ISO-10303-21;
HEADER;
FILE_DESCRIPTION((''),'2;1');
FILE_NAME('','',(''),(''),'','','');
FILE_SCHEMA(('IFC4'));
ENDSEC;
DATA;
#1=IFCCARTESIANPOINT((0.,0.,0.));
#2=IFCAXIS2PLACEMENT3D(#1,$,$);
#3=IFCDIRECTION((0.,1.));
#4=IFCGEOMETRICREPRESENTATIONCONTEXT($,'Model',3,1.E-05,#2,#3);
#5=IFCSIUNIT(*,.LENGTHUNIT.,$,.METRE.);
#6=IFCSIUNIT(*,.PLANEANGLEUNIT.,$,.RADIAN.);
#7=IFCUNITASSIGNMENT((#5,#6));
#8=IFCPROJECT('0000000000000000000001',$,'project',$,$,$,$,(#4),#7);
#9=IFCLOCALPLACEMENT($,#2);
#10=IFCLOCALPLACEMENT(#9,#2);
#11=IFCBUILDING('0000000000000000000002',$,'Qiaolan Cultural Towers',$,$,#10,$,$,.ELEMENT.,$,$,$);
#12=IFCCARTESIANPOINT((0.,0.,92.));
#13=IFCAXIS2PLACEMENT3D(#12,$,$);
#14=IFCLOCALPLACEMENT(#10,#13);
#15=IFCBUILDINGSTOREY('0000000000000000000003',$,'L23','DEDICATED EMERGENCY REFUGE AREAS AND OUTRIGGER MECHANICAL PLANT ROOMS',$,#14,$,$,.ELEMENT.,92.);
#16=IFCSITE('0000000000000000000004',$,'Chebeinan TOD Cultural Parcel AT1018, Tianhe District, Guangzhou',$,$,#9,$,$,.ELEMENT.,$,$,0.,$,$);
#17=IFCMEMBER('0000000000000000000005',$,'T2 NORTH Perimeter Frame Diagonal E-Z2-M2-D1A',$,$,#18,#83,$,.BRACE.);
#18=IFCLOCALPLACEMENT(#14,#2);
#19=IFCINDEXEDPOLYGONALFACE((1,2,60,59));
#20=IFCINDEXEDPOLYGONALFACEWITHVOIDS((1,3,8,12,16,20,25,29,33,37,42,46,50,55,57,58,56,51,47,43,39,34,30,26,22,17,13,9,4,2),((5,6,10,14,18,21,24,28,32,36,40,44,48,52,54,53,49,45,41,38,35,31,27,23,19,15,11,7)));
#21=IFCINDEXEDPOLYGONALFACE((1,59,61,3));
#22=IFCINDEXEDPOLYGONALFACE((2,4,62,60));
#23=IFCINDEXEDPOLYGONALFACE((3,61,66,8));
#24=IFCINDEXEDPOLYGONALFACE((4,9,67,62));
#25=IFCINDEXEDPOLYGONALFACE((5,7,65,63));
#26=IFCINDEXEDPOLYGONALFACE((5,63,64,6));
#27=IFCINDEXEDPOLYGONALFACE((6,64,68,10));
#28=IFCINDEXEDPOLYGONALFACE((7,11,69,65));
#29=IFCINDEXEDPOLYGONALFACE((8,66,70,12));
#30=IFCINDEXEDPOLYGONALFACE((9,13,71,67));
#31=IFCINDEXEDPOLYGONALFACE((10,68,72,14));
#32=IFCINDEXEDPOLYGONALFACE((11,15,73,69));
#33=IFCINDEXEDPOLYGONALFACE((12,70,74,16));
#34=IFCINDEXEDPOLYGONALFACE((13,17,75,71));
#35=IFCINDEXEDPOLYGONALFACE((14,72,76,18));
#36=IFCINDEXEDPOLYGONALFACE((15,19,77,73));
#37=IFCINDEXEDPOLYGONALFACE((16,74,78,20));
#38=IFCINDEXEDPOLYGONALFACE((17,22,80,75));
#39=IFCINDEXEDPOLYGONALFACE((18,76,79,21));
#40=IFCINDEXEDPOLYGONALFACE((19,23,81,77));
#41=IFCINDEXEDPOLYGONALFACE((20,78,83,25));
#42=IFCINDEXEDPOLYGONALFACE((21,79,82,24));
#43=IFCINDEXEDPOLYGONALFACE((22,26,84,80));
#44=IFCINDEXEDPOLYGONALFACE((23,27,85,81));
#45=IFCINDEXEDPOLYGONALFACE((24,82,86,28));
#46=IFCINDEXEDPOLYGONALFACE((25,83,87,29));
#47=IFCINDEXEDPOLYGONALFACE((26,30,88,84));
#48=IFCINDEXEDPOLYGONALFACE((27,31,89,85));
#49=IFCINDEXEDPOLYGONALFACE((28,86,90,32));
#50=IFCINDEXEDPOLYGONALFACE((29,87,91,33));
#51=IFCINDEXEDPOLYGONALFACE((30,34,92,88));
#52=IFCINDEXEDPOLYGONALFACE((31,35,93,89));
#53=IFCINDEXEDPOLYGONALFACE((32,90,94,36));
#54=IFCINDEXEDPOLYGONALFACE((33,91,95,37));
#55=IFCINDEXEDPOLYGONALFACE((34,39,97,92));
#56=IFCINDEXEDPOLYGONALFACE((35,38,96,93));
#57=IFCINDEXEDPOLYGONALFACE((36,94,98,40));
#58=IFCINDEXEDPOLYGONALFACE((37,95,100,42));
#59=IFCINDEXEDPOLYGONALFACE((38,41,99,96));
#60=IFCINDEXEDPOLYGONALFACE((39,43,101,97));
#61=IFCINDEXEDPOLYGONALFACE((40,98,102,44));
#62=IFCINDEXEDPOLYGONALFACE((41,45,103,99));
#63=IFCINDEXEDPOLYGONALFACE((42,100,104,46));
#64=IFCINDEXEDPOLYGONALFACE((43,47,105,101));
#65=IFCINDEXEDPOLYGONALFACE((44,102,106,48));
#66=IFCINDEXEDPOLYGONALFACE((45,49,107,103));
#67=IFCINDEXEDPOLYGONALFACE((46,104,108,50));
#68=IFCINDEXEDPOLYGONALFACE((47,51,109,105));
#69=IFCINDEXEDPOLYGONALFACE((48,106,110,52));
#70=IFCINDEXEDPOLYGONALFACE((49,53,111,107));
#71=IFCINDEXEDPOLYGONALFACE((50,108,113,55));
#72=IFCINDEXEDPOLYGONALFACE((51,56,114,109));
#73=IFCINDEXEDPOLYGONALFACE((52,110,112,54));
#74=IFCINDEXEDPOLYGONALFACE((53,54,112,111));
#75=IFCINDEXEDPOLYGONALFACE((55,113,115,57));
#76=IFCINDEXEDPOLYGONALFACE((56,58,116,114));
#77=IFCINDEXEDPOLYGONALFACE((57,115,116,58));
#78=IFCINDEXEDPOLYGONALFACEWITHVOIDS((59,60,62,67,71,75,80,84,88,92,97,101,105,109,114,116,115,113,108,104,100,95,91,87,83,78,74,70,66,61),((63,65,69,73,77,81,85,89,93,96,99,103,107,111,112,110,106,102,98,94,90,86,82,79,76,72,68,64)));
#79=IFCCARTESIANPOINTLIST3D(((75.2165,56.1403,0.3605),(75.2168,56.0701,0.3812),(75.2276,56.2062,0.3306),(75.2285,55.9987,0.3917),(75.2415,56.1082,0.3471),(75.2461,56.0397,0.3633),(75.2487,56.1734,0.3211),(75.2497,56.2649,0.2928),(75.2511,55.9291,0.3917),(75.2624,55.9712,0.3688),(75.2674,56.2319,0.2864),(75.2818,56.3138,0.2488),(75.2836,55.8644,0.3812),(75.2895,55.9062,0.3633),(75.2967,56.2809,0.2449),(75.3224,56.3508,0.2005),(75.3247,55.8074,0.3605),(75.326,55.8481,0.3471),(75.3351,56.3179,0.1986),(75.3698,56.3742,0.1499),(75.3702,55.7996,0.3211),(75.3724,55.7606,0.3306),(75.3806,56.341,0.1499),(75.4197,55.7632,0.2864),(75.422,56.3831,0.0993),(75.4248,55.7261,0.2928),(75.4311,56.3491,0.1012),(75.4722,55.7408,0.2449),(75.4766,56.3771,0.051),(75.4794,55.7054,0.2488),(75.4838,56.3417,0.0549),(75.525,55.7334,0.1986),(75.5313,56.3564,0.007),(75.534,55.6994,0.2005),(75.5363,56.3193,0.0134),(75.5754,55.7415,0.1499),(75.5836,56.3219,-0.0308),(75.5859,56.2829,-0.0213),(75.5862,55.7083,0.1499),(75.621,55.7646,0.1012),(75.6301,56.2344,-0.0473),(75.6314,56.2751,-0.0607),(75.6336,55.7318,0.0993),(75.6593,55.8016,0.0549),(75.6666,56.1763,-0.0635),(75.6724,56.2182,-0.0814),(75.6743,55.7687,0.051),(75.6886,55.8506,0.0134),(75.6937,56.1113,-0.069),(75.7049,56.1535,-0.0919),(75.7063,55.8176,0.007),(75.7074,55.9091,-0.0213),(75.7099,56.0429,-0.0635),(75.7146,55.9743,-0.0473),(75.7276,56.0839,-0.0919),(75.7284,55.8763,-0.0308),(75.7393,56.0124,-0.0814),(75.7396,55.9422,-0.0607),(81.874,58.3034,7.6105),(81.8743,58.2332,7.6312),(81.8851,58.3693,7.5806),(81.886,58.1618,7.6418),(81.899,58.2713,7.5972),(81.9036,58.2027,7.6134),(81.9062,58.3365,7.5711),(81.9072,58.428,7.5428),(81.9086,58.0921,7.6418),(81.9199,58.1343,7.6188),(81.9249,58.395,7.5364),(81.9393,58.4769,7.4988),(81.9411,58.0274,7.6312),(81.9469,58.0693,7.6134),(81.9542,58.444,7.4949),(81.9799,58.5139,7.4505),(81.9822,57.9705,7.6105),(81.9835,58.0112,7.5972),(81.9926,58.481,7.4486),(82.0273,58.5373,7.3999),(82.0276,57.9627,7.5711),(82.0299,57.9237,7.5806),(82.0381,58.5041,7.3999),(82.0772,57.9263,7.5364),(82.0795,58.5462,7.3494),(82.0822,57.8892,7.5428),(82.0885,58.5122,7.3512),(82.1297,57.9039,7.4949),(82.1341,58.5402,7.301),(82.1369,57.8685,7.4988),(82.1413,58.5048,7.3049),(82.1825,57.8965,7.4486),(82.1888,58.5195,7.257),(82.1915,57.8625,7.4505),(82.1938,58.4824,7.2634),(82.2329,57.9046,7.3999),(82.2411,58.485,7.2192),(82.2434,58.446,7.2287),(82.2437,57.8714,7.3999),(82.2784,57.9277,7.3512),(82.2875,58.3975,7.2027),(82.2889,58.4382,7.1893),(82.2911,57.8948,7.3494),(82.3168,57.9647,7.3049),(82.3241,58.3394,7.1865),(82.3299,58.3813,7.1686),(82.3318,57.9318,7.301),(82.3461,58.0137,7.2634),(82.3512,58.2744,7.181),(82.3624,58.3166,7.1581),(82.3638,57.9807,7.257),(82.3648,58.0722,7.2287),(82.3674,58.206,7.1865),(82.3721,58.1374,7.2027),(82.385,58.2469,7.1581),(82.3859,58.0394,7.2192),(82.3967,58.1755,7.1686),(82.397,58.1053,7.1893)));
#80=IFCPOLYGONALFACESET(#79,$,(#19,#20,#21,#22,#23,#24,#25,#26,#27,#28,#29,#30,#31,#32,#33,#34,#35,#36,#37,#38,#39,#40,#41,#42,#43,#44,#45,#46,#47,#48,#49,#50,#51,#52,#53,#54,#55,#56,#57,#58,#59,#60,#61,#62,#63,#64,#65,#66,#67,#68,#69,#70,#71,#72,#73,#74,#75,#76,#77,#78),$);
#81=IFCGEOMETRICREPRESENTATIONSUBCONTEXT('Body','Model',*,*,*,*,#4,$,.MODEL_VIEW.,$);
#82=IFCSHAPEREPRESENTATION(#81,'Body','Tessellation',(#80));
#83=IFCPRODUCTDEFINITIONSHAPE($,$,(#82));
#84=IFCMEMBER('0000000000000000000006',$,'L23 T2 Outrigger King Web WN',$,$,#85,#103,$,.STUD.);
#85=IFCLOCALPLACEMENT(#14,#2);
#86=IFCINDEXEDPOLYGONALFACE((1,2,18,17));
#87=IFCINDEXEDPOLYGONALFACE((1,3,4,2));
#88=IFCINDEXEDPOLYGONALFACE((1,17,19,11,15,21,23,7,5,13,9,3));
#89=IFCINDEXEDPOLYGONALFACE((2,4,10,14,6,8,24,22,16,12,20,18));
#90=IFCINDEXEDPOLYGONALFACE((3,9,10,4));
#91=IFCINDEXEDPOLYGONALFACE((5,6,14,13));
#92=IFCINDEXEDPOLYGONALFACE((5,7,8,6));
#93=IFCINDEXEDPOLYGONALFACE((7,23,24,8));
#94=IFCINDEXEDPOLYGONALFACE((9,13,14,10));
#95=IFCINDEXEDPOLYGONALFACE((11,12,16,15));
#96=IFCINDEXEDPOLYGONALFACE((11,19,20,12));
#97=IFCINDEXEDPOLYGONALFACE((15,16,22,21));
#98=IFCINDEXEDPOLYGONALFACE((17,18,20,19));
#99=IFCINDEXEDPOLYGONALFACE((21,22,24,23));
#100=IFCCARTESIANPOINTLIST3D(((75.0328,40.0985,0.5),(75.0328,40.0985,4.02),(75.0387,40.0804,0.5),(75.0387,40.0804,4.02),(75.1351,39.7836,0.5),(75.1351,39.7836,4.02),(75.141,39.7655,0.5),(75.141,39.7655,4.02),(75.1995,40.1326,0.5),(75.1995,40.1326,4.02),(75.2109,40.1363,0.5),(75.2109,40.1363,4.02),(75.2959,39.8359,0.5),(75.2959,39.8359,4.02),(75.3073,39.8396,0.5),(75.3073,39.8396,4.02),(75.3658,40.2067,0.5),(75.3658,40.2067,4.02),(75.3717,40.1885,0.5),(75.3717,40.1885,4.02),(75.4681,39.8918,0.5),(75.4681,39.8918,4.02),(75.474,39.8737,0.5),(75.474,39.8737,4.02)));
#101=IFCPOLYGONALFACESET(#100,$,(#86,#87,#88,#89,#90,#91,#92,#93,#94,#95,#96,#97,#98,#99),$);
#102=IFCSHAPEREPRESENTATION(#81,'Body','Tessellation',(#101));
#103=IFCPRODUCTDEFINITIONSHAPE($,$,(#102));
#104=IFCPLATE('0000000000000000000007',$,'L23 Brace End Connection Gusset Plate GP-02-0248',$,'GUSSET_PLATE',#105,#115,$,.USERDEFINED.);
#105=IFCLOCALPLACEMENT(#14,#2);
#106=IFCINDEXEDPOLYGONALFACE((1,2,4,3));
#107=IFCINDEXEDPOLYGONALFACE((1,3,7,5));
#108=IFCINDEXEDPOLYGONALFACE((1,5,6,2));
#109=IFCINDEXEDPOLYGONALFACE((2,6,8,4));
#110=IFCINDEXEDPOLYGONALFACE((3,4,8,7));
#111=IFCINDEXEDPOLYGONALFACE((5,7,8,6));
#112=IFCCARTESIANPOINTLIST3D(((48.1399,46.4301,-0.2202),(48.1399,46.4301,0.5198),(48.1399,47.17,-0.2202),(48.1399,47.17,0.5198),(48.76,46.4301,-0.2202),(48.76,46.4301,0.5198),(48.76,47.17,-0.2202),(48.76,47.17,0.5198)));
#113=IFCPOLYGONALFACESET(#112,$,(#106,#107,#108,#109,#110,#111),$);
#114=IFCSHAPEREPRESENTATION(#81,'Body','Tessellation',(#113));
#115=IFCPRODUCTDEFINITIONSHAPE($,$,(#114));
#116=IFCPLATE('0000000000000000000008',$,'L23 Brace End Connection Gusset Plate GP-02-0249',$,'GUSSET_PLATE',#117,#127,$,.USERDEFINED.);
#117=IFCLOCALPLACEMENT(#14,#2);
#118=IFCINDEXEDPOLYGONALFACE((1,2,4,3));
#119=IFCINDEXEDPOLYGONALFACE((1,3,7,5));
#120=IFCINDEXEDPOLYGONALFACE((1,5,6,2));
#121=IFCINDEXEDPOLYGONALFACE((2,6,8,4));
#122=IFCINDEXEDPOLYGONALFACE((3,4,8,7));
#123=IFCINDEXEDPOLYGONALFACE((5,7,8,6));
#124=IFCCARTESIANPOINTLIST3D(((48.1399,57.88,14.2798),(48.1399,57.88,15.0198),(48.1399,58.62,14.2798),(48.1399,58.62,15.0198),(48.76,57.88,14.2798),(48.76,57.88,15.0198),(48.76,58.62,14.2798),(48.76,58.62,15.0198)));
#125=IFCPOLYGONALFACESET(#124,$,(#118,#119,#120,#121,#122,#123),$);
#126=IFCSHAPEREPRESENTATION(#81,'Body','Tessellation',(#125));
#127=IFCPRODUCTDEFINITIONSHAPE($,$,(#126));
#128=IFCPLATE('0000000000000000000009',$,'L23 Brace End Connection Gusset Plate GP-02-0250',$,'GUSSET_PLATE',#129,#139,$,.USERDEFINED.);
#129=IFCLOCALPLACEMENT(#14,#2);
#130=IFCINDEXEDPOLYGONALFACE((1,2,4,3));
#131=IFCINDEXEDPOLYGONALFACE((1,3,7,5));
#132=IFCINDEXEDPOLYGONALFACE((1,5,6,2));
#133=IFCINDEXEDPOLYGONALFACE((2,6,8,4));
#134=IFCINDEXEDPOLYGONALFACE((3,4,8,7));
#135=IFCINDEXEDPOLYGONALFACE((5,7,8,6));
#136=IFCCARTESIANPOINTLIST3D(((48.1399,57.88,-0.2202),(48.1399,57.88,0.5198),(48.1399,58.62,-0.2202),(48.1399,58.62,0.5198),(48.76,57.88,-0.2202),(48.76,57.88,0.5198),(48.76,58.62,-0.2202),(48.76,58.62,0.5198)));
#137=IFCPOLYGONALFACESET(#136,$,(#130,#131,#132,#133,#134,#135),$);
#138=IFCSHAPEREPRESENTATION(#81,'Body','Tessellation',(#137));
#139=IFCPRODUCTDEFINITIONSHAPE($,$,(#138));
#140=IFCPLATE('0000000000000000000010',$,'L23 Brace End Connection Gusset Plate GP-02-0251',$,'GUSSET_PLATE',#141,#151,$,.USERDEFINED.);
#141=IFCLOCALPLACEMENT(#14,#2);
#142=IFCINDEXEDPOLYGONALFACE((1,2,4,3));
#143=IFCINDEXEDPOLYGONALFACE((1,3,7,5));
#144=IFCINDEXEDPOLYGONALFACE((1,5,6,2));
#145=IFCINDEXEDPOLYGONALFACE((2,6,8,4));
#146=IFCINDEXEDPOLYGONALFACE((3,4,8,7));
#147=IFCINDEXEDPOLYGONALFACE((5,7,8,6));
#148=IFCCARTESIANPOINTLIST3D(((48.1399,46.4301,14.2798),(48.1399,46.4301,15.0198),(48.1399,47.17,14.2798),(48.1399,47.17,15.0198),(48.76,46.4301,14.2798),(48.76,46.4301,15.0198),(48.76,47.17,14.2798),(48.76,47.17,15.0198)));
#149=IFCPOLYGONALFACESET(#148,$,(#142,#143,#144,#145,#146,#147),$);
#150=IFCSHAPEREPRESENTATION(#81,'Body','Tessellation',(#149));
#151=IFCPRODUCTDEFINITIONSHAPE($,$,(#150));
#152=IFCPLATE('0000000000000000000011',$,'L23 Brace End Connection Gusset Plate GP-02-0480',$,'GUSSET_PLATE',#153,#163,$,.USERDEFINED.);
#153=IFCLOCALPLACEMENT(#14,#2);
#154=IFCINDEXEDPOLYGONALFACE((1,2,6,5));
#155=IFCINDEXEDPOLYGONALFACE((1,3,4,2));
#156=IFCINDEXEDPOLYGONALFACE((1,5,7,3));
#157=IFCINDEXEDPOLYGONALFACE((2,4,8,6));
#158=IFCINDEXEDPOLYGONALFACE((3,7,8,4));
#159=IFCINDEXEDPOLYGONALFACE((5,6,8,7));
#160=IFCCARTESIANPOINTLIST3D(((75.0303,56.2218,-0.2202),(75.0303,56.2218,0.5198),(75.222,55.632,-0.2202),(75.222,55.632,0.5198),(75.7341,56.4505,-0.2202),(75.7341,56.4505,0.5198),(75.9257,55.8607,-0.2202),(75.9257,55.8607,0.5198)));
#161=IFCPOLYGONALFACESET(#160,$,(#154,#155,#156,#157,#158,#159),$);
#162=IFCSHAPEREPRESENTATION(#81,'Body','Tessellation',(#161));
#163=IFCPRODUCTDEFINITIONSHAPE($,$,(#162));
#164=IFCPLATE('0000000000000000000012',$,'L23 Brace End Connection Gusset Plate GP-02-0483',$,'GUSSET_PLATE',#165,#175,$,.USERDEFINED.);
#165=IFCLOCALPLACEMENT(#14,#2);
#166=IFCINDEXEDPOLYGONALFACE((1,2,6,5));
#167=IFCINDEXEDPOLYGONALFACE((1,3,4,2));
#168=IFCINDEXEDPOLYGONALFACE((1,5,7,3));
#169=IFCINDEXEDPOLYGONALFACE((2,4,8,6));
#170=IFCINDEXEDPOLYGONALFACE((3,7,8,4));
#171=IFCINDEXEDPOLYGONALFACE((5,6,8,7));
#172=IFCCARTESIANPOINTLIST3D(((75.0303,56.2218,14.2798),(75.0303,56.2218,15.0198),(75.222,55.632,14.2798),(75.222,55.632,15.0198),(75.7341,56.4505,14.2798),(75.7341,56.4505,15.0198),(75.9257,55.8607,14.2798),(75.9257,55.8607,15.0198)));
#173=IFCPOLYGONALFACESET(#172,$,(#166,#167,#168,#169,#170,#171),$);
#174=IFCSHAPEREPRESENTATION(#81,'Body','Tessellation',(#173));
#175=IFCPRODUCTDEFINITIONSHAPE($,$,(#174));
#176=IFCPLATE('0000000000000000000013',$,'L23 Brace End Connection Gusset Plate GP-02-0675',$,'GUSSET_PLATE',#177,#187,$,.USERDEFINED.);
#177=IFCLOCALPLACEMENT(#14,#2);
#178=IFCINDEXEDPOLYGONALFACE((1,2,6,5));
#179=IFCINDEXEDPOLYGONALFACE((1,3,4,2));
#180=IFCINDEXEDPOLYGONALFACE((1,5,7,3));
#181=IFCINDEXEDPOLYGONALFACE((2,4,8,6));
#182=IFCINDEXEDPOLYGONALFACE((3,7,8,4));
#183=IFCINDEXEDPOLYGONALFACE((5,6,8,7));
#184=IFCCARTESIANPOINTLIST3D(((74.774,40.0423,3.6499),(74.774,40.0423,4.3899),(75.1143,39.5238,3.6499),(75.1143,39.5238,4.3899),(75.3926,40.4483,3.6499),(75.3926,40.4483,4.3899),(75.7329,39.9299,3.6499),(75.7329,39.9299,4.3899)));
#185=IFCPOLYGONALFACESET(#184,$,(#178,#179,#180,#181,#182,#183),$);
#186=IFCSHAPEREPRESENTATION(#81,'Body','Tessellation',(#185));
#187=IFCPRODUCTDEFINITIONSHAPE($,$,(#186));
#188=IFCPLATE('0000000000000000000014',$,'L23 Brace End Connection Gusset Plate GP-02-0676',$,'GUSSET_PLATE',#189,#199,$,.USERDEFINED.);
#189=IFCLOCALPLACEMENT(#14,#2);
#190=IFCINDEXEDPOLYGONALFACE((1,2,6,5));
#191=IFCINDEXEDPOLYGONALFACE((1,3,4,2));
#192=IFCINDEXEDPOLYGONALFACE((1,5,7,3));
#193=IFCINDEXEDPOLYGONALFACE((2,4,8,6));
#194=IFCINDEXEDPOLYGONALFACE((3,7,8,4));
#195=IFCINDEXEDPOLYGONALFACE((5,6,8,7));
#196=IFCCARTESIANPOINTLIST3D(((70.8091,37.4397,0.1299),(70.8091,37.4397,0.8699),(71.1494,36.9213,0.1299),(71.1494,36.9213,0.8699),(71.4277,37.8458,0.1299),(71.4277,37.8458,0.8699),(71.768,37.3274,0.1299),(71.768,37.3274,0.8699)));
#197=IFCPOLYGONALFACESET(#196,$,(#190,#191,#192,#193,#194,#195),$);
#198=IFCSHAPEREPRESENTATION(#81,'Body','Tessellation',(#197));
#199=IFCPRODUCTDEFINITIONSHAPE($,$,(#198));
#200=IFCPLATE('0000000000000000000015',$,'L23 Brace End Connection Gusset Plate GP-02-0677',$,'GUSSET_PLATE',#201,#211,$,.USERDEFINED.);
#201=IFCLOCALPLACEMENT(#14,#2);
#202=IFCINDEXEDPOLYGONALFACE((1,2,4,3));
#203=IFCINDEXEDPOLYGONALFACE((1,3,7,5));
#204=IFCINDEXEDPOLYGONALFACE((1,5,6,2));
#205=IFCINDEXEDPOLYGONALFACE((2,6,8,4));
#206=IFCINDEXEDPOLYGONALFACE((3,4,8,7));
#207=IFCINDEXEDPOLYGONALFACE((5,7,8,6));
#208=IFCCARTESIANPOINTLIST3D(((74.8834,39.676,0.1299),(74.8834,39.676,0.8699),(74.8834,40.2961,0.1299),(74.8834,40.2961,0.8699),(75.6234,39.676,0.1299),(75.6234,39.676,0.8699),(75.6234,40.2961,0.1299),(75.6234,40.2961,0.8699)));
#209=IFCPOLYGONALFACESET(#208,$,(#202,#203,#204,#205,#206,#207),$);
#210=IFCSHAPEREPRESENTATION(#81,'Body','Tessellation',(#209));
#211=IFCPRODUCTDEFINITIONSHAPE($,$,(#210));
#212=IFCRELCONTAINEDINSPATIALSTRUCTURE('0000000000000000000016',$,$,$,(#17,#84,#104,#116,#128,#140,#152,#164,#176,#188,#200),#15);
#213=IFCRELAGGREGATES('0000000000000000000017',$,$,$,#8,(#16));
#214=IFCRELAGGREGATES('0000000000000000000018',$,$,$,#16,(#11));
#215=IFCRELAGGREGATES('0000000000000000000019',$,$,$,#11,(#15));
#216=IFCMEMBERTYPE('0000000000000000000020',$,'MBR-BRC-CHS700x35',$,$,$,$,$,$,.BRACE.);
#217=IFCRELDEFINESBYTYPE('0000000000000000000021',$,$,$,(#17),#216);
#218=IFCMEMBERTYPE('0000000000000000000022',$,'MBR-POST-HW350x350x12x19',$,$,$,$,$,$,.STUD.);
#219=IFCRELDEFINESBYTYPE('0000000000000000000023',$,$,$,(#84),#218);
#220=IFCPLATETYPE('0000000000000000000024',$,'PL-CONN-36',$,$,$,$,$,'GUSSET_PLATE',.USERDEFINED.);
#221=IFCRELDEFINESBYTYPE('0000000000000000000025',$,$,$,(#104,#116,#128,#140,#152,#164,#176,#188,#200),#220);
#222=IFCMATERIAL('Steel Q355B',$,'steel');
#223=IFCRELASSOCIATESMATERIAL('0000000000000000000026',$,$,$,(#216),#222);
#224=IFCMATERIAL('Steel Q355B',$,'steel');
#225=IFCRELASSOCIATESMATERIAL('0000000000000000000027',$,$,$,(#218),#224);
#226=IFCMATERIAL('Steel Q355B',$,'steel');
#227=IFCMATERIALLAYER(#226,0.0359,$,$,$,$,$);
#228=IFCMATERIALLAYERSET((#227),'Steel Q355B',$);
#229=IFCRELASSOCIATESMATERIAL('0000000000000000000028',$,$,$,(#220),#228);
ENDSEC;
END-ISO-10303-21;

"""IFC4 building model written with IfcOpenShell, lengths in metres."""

from ifc_helpers import new_model, si_unit, direction, frame, origin, origin_2d, place, context, subcontext, project, spatial, rectangle, hollow_circle, i_section, extrude, material, layer, layer_set, material_profile, profile_set, type_object, element, save


model = new_model("IFC4")

# Units and contexts
model_context = context("Model", 3, precision=1e-05, world=origin(), true_north=direction((0.0, 1.0)))
body_context = subcontext(model_context, "Body", "Model", "MODEL_VIEW")
ifc_project = project(units=[si_unit("LENGTHUNIT", "METRE"), si_unit("PLANEANGLEUNIT", "RADIAN")], contexts=[model_context])

# Site, building, storey
site_placement = place(None, origin())
site = spatial("IfcSite", under=ifc_project, at=site_placement, Name="Chebeinan TOD Cultural Parcel AT1018, Tianhe District, Guangzhou", CompositionType="ELEMENT", RefElevation=0.0)
building_placement = place(site_placement, origin())
building = spatial("IfcBuilding", under=site, at=building_placement, Name="Qiaolan Cultural Towers", CompositionType="ELEMENT")
storey_placement = place(building_placement, frame((0.0, 0.0, 92.0)))
storey = spatial("IfcBuildingStorey", under=building, at=storey_placement, Name="L23", Description="DEDICATED EMERGENCY REFUGE AREAS AND OUTRIGGER MECHANICAL PLANT ROOMS", CompositionType="ELEMENT", Elevation=92.0)

# Members
ifc_material_1 = material(Name="Steel Q355B", Category="steel")
ifc_material_profile_1 = material_profile(ifc_material_1, hollow_circle(Radius=0.3501, WallThickness=0.0349, at=origin_2d()), Name="CHS700x35")
ifc_profile_set_1 = profile_set([ifc_material_profile_1], Name="Steel Q355B")
member_type_1 = type_object("IfcMemberType", Name="MBR-BRC-CHS700x35", PredefinedType="BRACE", material=ifc_profile_set_1)
member_1_placement = place(storey_placement, frame((75.478, 56.0413, 0.1499), z_axis=(0.660603, 0.214637, 0.719398), x_axis=(-0.30901, 0.951059, 0.0)))
element("IfcMember", 1, at=member_1_placement, inside=storey, type_object=member_type_1, Name="T2 NORTH Perimeter Frame Diagonal E-Z2-M2-D1A", PredefinedType="BRACE", context=body_context, shape_type="SweptSolid", body=[
    extrude(hollow_circle(Radius=0.3501, WallThickness=0.0349, at=origin_2d()), origin(), (0.0, 0.0, 1.0), 10.0779),
])
ifc_material_2 = material(Name="Steel Q355B", Category="steel")
ifc_material_profile_2 = material_profile(ifc_material_2, i_section(OverallWidth=0.3501, OverallDepth=0.3501, WebThickness=0.012, FlangeThickness=0.019, at=origin_2d()), Name="HW350x350x12x19")
ifc_profile_set_2 = profile_set([ifc_material_profile_2], Name="Steel Q355B")
member_type_2 = type_object("IfcMemberType", Name="MBR-POST-HW350x350x12x19", PredefinedType="STUD", material=ifc_profile_set_2)
member_2_placement = place(storey_placement, frame((75.2534, 39.9861, 0.5), z_axis=(0.0, 0.0, 1.0), x_axis=(0.951057, 0.309017, 0.0)))
element("IfcMember", 2, at=member_2_placement, inside=storey, type_object=member_type_2, Name="L23 T2 Outrigger King Web WN", PredefinedType="STUD", context=body_context, shape_type="SweptSolid", body=[
    extrude(i_section(OverallWidth=0.3501, OverallDepth=0.3501, WebThickness=0.012, FlangeThickness=0.019, at=origin_2d()), origin(), (0.0, 0.0, 1.0), 3.52),
])

# Plates
ifc_material_3 = material(Name="Steel Q355B", Category="steel")
ifc_layer_1 = layer(ifc_material_3, 0.0359)
ifc_layer_set_1 = layer_set([ifc_layer_1], Name="Steel Q355B")
plate_type_1 = type_object("IfcPlateType", Name="PL-CONN-36", ElementType="GUSSET_PLATE", PredefinedType="USERDEFINED", material=ifc_layer_set_1)
for number, where, z_axis, x_axis, name in (
    (3, (48.45, 46.8, -0.2202), (0.0, 0.0, 1.0), (0.0, 1.0, 0.0), "L23 Brace End Connection Gusset Plate GP-02-0248"),
    (4, (48.45, 58.25, 14.2798), (0.0, 0.0, 1.0), (0.0, 1.0, 0.0), "L23 Brace End Connection Gusset Plate GP-02-0249"),
    (5, (48.45, 58.25, -0.2202), (0.0, 0.0, 1.0), (0.0, 1.0, 0.0), "L23 Brace End Connection Gusset Plate GP-02-0250"),
    (6, (48.45, 46.8, 14.2798), (0.0, 0.0, 1.0), (0.0, 1.0, 0.0), "L23 Brace End Connection Gusset Plate GP-02-0251"),
    (7, (75.478, 56.0413, -0.2202), (0.0, 0.0, 1.0), (0.951057, 0.309017, 0.0), "L23 Brace End Connection Gusset Plate GP-02-0480"),
    (8, (75.478, 56.0413, 14.2798), (0.0, 0.0, 1.0), (0.951057, 0.309017, 0.0), "L23 Brace End Connection Gusset Plate GP-02-0483"),
    (9, (75.2534, 39.9861, 3.6499), (0.0, 0.0, 1.0), (0.835984, 0.548754, 0.0), "L23 Brace End Connection Gusset Plate GP-02-0675"),
    (10, (71.2886, 37.3835, 0.1299), (0.0, 0.0, 1.0), (0.835984, 0.548754, 0.0), "L23 Brace End Connection Gusset Plate GP-02-0676"),
    (11, (75.2534, 39.9861, 0.1299), (0.0, 0.0, 1.0), (1.0, 0.0, 0.0), "L23 Brace End Connection Gusset Plate GP-02-0677"),
):
    element("IfcPlate", number, at=place(storey_placement, frame(where, z_axis=z_axis, x_axis=x_axis)), inside=storey, type_object=plate_type_1, Name=name, ObjectType="GUSSET_PLATE", PredefinedType="USERDEFINED", context=body_context, shape_type="SweptSolid", body=[
        extrude(rectangle(XDim=0.74, YDim=0.6201, at=origin_2d()), origin(), (0.0, 0.0, 1.0), 0.74),
    ])

save(model, "model.ifc")
